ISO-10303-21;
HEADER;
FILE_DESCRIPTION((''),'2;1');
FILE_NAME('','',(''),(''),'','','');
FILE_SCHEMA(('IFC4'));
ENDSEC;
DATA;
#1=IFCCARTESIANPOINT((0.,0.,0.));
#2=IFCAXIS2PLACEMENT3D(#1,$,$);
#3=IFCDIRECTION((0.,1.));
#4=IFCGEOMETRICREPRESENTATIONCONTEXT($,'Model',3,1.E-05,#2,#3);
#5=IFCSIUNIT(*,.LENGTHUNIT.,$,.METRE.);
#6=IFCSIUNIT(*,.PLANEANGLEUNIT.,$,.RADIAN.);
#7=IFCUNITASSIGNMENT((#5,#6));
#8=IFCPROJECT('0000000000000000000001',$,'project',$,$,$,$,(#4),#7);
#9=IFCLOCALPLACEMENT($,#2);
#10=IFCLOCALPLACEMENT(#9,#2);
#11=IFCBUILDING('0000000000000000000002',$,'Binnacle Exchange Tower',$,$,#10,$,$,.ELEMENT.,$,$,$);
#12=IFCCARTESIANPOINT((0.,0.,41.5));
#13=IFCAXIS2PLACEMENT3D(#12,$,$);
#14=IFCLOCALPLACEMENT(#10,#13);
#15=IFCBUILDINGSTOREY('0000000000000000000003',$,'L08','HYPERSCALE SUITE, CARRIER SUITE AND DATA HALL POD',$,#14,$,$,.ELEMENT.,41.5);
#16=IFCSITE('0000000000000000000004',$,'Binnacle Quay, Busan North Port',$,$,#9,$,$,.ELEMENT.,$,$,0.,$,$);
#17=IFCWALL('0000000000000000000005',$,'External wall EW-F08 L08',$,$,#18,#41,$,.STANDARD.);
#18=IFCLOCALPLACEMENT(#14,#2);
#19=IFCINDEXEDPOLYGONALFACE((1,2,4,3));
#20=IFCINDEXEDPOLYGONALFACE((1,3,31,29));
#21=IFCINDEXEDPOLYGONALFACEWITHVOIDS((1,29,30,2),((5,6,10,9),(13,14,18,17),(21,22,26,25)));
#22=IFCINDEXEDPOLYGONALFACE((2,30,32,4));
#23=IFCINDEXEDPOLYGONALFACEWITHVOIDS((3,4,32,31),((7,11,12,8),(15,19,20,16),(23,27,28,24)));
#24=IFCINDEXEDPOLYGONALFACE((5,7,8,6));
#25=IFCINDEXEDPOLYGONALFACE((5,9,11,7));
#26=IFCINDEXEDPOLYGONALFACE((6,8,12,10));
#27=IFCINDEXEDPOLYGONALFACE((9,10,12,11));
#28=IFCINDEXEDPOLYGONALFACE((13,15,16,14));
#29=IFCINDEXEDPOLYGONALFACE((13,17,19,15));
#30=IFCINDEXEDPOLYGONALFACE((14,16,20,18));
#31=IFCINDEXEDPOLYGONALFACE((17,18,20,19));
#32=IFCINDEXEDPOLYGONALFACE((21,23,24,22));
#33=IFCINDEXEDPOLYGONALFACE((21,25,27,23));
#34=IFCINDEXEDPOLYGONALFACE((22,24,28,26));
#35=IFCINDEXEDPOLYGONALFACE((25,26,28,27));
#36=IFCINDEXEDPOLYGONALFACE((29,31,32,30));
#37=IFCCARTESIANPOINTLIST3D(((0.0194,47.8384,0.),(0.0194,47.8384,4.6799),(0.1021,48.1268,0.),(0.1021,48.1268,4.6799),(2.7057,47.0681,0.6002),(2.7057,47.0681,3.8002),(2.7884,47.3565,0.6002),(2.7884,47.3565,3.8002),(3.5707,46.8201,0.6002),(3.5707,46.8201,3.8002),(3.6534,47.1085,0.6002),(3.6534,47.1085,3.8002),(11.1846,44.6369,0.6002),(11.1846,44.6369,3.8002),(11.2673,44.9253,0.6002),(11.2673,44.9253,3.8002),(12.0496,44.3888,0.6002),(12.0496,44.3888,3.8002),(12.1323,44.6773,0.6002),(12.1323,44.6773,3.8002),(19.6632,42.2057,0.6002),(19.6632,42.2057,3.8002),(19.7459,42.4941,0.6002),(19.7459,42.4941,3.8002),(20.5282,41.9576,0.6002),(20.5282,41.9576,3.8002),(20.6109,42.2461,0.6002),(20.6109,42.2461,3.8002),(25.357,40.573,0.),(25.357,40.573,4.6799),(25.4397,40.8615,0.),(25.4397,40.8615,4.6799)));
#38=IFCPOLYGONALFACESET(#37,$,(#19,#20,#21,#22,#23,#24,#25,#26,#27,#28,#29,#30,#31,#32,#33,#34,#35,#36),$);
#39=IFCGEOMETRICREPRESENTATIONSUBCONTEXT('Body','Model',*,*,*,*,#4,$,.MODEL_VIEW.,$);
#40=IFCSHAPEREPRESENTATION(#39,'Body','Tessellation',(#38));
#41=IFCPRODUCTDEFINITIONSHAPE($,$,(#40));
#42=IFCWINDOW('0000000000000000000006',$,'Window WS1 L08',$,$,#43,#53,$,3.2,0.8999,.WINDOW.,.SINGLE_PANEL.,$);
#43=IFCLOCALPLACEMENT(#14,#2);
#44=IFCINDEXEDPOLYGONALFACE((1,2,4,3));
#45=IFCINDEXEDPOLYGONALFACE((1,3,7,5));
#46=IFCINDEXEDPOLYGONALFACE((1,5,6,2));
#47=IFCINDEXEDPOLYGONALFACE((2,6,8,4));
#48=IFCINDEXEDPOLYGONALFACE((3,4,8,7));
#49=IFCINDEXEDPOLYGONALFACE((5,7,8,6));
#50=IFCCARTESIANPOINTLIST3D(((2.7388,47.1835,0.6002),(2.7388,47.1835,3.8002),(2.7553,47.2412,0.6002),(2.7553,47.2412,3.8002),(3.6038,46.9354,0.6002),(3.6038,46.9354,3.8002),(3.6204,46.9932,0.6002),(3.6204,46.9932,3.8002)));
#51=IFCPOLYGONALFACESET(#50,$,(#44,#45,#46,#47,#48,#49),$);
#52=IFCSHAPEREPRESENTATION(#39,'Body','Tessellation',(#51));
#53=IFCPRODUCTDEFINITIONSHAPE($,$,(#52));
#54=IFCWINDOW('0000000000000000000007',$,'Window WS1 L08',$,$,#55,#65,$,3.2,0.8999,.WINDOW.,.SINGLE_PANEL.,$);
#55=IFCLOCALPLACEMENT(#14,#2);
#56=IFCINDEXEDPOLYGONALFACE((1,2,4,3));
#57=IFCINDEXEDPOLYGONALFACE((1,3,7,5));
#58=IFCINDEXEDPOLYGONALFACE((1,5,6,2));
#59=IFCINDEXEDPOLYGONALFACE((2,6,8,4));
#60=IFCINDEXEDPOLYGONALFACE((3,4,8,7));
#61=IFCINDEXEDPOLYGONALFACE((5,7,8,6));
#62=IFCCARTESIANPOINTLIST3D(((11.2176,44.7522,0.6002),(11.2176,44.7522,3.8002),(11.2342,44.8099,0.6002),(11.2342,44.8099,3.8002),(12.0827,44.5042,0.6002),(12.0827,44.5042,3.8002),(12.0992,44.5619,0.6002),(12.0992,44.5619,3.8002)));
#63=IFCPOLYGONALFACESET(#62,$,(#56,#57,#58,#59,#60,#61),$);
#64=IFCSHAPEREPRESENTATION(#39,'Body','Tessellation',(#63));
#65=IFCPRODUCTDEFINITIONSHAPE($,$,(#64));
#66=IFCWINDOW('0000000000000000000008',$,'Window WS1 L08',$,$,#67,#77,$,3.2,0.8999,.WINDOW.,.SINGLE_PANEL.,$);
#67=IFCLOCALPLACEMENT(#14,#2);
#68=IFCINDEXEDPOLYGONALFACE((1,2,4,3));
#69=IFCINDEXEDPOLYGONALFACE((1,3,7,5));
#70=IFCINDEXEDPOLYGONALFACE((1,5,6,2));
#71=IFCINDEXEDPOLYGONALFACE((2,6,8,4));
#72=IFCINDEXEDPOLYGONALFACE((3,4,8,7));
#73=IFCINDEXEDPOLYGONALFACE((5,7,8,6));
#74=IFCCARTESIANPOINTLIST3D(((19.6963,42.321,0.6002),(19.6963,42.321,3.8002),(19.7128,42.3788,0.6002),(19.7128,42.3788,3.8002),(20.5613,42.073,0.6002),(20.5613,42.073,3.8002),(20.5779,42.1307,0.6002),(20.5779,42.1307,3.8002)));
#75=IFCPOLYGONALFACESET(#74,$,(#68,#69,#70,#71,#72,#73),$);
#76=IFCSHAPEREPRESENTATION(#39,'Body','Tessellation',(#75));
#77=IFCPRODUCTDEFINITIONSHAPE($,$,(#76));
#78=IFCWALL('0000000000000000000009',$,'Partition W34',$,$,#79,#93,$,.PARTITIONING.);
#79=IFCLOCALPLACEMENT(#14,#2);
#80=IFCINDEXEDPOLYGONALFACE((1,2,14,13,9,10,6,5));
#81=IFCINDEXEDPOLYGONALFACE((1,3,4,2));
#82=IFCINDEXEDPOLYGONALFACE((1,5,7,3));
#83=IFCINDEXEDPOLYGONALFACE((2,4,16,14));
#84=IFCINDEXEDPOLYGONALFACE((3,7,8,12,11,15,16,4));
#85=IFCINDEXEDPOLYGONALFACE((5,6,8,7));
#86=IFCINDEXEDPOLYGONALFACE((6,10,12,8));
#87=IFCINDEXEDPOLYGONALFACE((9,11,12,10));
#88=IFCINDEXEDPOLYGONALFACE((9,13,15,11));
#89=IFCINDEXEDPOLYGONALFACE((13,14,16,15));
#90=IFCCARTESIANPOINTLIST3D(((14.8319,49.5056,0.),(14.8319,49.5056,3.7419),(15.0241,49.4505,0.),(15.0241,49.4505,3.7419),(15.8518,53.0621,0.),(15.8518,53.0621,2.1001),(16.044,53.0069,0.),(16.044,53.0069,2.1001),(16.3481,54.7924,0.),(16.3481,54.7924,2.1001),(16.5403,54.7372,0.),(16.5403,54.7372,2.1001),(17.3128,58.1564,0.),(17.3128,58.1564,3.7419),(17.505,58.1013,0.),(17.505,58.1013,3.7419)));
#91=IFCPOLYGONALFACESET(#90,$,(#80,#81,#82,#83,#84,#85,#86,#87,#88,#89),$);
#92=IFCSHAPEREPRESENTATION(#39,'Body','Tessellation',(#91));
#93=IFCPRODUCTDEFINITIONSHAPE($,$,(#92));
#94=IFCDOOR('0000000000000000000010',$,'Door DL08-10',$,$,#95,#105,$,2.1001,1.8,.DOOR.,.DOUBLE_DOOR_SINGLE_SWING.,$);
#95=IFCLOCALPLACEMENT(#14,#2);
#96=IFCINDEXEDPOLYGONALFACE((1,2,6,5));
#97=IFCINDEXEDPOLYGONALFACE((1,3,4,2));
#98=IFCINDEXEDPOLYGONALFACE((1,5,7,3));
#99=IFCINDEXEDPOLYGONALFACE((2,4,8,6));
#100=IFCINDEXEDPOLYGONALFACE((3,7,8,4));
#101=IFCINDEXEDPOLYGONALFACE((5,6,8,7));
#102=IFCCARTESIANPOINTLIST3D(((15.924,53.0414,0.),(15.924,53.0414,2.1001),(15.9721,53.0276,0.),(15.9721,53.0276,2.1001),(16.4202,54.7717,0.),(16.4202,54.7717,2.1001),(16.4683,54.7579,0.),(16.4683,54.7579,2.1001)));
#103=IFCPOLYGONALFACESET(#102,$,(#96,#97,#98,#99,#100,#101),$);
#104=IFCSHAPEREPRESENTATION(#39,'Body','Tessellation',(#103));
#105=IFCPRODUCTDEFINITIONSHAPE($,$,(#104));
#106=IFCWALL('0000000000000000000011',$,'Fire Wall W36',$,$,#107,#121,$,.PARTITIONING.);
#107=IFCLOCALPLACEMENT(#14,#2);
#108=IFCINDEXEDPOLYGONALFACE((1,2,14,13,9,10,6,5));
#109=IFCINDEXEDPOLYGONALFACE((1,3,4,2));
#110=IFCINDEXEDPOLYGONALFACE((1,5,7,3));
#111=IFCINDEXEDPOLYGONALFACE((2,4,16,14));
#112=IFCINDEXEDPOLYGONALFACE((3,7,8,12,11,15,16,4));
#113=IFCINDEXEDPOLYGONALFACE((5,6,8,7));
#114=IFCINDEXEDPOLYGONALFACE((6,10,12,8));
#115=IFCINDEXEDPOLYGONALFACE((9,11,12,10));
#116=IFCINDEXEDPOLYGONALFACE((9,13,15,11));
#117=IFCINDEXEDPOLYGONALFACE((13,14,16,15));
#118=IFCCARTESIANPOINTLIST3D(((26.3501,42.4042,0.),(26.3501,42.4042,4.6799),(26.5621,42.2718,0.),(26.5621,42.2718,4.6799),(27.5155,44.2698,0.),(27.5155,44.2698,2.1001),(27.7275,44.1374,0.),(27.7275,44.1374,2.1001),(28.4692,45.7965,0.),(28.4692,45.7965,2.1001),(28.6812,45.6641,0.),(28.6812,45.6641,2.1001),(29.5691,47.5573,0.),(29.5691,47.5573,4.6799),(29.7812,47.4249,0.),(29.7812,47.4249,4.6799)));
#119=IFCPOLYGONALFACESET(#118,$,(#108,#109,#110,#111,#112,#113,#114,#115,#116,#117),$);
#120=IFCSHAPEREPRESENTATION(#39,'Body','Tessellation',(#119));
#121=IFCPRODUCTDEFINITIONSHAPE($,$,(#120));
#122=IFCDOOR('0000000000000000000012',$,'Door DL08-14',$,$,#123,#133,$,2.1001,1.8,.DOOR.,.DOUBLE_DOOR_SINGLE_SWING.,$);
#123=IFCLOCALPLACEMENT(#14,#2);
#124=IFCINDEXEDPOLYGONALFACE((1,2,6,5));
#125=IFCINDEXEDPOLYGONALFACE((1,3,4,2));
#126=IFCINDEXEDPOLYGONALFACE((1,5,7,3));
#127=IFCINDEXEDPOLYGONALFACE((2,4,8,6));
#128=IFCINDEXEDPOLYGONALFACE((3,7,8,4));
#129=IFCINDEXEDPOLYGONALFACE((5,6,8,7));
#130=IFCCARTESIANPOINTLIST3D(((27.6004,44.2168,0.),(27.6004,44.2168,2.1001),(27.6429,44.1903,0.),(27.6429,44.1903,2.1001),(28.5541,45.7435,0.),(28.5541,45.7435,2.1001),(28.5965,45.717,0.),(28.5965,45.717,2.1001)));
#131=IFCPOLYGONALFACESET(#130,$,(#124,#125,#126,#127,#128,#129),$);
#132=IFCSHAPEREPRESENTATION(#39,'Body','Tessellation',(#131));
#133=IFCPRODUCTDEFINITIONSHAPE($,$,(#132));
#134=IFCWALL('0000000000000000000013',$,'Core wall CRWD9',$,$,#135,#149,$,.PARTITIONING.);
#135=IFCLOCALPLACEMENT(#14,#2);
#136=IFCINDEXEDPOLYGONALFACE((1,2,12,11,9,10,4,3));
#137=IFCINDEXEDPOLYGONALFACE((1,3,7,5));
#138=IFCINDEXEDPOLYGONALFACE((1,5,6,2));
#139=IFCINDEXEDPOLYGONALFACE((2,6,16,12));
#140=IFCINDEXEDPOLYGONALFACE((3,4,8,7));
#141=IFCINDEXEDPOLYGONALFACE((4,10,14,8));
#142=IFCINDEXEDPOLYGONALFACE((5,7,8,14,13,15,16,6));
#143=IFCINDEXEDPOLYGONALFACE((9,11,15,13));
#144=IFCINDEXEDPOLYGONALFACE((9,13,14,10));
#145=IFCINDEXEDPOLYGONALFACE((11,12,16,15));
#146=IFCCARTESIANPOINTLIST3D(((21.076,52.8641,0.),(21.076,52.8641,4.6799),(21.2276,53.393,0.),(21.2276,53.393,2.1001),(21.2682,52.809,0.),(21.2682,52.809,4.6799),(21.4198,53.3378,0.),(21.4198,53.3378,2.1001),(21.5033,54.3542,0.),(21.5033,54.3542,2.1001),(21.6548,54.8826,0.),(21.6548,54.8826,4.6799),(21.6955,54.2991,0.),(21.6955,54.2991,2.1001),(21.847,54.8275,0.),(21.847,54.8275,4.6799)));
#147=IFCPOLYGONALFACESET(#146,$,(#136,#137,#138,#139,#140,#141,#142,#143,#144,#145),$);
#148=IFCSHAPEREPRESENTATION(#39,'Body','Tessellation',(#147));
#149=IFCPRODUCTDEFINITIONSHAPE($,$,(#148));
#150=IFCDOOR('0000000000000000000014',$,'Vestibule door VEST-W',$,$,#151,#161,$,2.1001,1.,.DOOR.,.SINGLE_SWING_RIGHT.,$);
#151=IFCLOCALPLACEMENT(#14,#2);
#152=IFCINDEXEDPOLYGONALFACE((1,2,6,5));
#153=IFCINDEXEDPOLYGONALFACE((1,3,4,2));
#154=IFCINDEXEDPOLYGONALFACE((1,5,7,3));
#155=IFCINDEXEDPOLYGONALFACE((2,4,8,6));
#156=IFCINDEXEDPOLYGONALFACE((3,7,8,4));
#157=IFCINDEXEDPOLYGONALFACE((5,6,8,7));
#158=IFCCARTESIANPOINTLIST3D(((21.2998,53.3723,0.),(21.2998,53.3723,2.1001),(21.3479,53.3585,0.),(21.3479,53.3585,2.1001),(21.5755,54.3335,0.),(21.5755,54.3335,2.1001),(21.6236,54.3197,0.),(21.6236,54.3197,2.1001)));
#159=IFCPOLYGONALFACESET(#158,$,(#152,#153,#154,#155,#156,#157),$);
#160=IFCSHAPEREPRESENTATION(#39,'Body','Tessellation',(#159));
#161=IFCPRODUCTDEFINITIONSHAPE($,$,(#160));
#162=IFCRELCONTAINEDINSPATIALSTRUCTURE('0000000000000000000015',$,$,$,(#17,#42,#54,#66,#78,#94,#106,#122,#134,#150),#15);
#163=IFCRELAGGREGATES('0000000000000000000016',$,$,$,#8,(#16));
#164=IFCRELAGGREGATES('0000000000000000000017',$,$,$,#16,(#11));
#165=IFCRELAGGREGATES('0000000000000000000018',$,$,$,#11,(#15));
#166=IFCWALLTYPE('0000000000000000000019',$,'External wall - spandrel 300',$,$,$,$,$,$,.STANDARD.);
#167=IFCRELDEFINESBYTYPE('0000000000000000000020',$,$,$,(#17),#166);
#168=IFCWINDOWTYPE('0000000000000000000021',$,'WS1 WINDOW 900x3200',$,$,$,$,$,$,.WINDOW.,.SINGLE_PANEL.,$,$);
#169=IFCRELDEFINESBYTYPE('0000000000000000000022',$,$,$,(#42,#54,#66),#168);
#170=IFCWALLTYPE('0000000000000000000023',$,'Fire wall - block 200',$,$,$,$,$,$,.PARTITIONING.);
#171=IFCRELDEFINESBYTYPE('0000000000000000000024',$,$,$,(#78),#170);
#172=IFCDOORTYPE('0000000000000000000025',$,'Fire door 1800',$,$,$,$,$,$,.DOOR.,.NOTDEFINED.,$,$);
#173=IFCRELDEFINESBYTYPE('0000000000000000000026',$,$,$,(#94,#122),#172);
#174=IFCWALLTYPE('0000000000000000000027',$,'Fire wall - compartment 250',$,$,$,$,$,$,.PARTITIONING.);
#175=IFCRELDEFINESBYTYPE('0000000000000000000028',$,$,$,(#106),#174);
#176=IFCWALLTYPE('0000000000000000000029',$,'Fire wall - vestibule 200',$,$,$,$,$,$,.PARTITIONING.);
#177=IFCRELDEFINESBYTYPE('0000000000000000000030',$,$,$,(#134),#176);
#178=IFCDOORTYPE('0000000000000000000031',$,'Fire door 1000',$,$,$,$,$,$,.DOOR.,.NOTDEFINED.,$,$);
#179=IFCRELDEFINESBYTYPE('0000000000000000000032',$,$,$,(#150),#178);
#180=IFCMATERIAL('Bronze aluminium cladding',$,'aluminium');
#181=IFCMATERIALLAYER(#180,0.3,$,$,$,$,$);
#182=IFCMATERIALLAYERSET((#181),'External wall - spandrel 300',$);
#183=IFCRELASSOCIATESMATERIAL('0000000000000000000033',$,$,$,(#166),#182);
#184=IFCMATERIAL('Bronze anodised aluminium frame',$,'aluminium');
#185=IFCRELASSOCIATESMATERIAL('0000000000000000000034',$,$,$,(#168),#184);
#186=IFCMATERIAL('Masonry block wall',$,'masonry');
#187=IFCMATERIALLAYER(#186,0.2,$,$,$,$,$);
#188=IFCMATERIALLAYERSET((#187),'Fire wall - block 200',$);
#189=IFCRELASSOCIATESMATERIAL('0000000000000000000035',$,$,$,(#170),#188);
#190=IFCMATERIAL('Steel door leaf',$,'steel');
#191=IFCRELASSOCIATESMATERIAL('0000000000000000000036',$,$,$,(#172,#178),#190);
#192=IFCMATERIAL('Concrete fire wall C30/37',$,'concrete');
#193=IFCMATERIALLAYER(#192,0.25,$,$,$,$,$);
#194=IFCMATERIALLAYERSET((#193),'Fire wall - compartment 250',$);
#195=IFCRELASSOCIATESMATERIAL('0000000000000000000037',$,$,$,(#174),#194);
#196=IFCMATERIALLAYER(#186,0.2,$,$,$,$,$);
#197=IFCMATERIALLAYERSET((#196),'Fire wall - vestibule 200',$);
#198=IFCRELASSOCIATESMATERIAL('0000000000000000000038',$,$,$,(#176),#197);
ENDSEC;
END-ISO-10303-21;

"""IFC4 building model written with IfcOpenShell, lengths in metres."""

from ifc_helpers import new_model, si_unit, direction, frame, frame_2d, origin, place, context, subcontext, project, spatial, rectangle, extrude, material, layer, layer_set, type_object, element, fill, save


model = new_model("IFC4")

# Units and contexts
model_context = context("Model", 3, precision=1e-05, world=origin(), true_north=direction((0.0, 1.0)))
body_context = subcontext(model_context, "Body", "Model", "MODEL_VIEW")
ifc_project = project(units=[si_unit("LENGTHUNIT", "METRE"), si_unit("PLANEANGLEUNIT", "RADIAN")], contexts=[model_context])

# Site, building, storey
site_placement = place(None, origin())
site = spatial("IfcSite", under=ifc_project, at=site_placement, Name="Binnacle Quay, Busan North Port", CompositionType="ELEMENT", RefElevation=0.0)
building_placement = place(site_placement, origin())
building = spatial("IfcBuilding", under=site, at=building_placement, Name="Binnacle Exchange Tower", CompositionType="ELEMENT")
storey_placement = place(building_placement, frame((0.0, 0.0, 41.5)))
storey = spatial("IfcBuildingStorey", under=building, at=storey_placement, Name="L08", Description="HYPERSCALE SUITE, CARRIER SUITE AND DATA HALL POD", CompositionType="ELEMENT", Elevation=41.5)

# Shared definitions
ifc_material_1 = material(Name="Steel door leaf", Category="steel")

# Wall, openings, windows
ifc_material_2 = material(Name="Bronze aluminium cladding", Category="aluminium")
ifc_layer_1 = layer(ifc_material_2, 0.3)
ifc_layer_set_1 = layer_set([ifc_layer_1], Name="External wall - spandrel 300")
wall_type_1 = type_object("IfcWallType", Name="External wall - spandrel 300", PredefinedType="STANDARD", material=ifc_layer_set_1)
wall_1_placement = place(storey_placement, frame((25.3982, 40.7173, 0.0), z_axis=(0.0, 0.0, 1.0), x_axis=(-0.961262, 0.275635, 0.0)))
wall_1 = element("IfcWall", 1, at=wall_1_placement, inside=storey, type_object=wall_type_1, Name="External wall EW-F08 L08", PredefinedType="STANDARD", context=body_context, shape_type="SweptSolid", body=[
    extrude(rectangle(XDim=26.3586, YDim=0.3, at=frame_2d((13.1792, 0.0))), origin(), (0.0, 0.0, 1.0), 4.6799),
])
opening_1_placement = place(wall_1_placement, frame((22.6641, 0.0, 0.6001)))
opening_1 = element("IfcOpeningElement", 2, at=opening_1_placement, cuts=wall_1, PredefinedType="OPENING", context=body_context, shape_type="SweptSolid", body=[
    extrude(rectangle(XDim=0.8999, YDim=3.2, at=frame_2d((0.45, 1.6001))), frame((0.0, 0.1599, 0.0), z_axis=(0.0, -1.0, 0.0), x_axis=(1.0, 0.0, 0.0)), (0.0, 0.0, 1.0), 0.3201),
])
opening_2_placement = place(wall_1_placement, frame((13.8435, 0.0, 0.6001)))
opening_2 = element("IfcOpeningElement", 3, at=opening_2_placement, cuts=wall_1, PredefinedType="OPENING", context=body_context, shape_type="SweptSolid", body=[
    extrude(rectangle(XDim=0.8999, YDim=3.2, at=frame_2d((0.45, 1.6001))), frame((0.0, 0.1599, 0.0), z_axis=(0.0, -1.0, 0.0), x_axis=(1.0, 0.0, 0.0)), (0.0, 0.0, 1.0), 0.3201),
])
opening_3_placement = place(wall_1_placement, frame((5.0232, 0.0, 0.6001)))
opening_3 = element("IfcOpeningElement", 4, at=opening_3_placement, cuts=wall_1, PredefinedType="OPENING", context=body_context, shape_type="SweptSolid", body=[
    extrude(rectangle(XDim=0.8999, YDim=3.2, at=frame_2d((0.45, 1.6001))), frame((0.0, 0.1599, 0.0), z_axis=(0.0, -1.0, 0.0), x_axis=(1.0, 0.0, 0.0)), (0.0, 0.0, 1.0), 0.3201),
])
ifc_material_3 = material(Name="Bronze anodised aluminium frame", Category="aluminium")
window_type = type_object("IfcWindowType", Name="WS1 WINDOW 900x3200", PartitioningType="SINGLE_PANEL", PredefinedType="WINDOW", material=ifc_material_3)
window_1_placement = place(opening_1_placement, origin())
window_1 = element("IfcWindow", 5, at=window_1_placement, inside=storey, type_object=window_type, Name="Window WS1 L08", OverallHeight=3.2, OverallWidth=0.8999, PartitioningType="SINGLE_PANEL", PredefinedType="WINDOW", context=body_context, shape_type="SweptSolid", body=[
    extrude(rectangle(XDim=0.8999, YDim=3.2, at=frame_2d((0.45, 1.6001))), frame((0.0, 0.03, 0.0), z_axis=(0.0, -1.0, 0.0), x_axis=(1.0, 0.0, 0.0)), (0.0, 0.0, 1.0), 0.0601),
])
fill(opening_1, window_1)
window_2_placement = place(opening_2_placement, origin())
window_2 = element("IfcWindow", 6, at=window_2_placement, inside=storey, type_object=window_type, Name="Window WS1 L08", OverallHeight=3.2, OverallWidth=0.8999, PartitioningType="SINGLE_PANEL", PredefinedType="WINDOW", context=body_context, shape_type="SweptSolid", body=[
    extrude(rectangle(XDim=0.8999, YDim=3.2, at=frame_2d((0.45, 1.6001))), frame((0.0, 0.03, 0.0), z_axis=(0.0, -1.0, 0.0), x_axis=(1.0, 0.0, 0.0)), (0.0, 0.0, 1.0), 0.0601),
])
fill(opening_2, window_2)
window_3_placement = place(opening_3_placement, origin())
window_3 = element("IfcWindow", 7, at=window_3_placement, inside=storey, type_object=window_type, Name="Window WS1 L08", OverallHeight=3.2, OverallWidth=0.8999, PartitioningType="SINGLE_PANEL", PredefinedType="WINDOW", context=body_context, shape_type="SweptSolid", body=[
    extrude(rectangle(XDim=0.8999, YDim=3.2, at=frame_2d((0.45, 1.6001))), frame((0.0, 0.03, 0.0), z_axis=(0.0, -1.0, 0.0), x_axis=(1.0, 0.0, 0.0)), (0.0, 0.0, 1.0), 0.0601),
])
fill(opening_3, window_3)

# Walls, openings, doors
ifc_material_4 = material(Name="Masonry block wall", Category="masonry")
ifc_layer_2 = layer(ifc_material_4, 0.2)
ifc_layer_set_2 = layer_set([ifc_layer_2], Name="Fire wall - block 200")
wall_type_2 = type_object("IfcWallType", Name="Fire wall - block 200", PredefinedType="PARTITIONING", material=ifc_layer_set_2)
wall_2_placement = place(storey_placement, frame((14.928, 49.478, 0.0), z_axis=(0.0, 0.0, 1.0), x_axis=(0.275674, 0.961251, 0.0)))
wall_2 = element("IfcWall", 8, at=wall_2_placement, inside=storey, type_object=wall_type_2, Name="Partition W34", PredefinedType="PARTITIONING", context=body_context, shape_type="SweptSolid", body=[
    extrude(rectangle(XDim=8.9995, YDim=0.2, at=frame_2d((4.4998, 0.0))), origin(), (0.0, 0.0, 1.0), 3.7419),
])
opening_4_placement = place(wall_2_placement, frame((3.7, 0.0, 0.0)))
opening_4 = element("IfcOpeningElement", 9, at=opening_4_placement, cuts=wall_2, PredefinedType="OPENING", context=body_context, shape_type="SweptSolid", body=[
    extrude(rectangle(XDim=1.8, YDim=2.1001, at=frame_2d((0.8999, 1.05))), frame((0.0, 0.1099, 0.0), z_axis=(0.0, -1.0, 0.0), x_axis=(1.0, 0.0, 0.0)), (0.0, 0.0, 1.0), 0.22),
])
door_type_1 = type_object("IfcDoorType", Name="Fire door 1800", OperationType="NOTDEFINED", PredefinedType="DOOR", material=ifc_material_1)
door_1_placement = place(opening_4_placement, origin())
door_1 = element("IfcDoor", 10, at=door_1_placement, inside=storey, type_object=door_type_1, Name="Door DL08-10", OperationType="DOUBLE_DOOR_SINGLE_SWING", OverallHeight=2.1001, OverallWidth=1.8, PredefinedType="DOOR", context=body_context, shape_type="SweptSolid", body=[
    extrude(rectangle(XDim=1.8, YDim=2.1001, at=frame_2d((0.8999, 1.05))), frame((0.0, 0.0249, 0.0), z_axis=(0.0, -1.0, 0.0), x_axis=(1.0, 0.0, 0.0)), (0.0, 0.0, 1.0), 0.05),
])
fill(opening_4, door_1)
ifc_material_5 = material(Name="Concrete fire wall C30/37", Category="concrete")
ifc_layer_3 = layer(ifc_material_5, 0.25)
ifc_layer_set_3 = layer_set([ifc_layer_3], Name="Fire wall - compartment 250")
wall_type_3 = type_object("IfcWallType", Name="Fire wall - compartment 250", PredefinedType="PARTITIONING", material=ifc_layer_set_3)
wall_3_placement = place(storey_placement, frame((26.4561, 42.3379, 0.0), z_axis=(0.0, 0.0, 1.0), x_axis=(0.5298, 0.848122, 0.0)))
wall_3 = element("IfcWall", 11, at=wall_3_placement, inside=storey, type_object=wall_type_3, Name="Fire Wall W36", PredefinedType="PARTITIONING", context=body_context, shape_type="SweptSolid", body=[
    extrude(rectangle(XDim=6.0759, YDim=0.25, at=frame_2d((3.0381, 0.0))), origin(), (0.0, 0.0, 1.0), 4.6799),
])
opening_5_placement = place(wall_3_placement, frame((2.2, 0.0, 0.0)))
opening_5 = element("IfcOpeningElement", 12, at=opening_5_placement, cuts=wall_3, PredefinedType="OPENING", context=body_context, shape_type="SweptSolid", body=[
    extrude(rectangle(XDim=1.8, YDim=2.1001, at=frame_2d((0.8999, 1.05))), frame((0.0, 0.135, 0.0), z_axis=(0.0, -1.0, 0.0), x_axis=(1.0, 0.0, 0.0)), (0.0, 0.0, 1.0), 0.27),
])
door_2_placement = place(opening_5_placement, origin())
door_2 = element("IfcDoor", 13, at=door_2_placement, inside=storey, type_object=door_type_1, Name="Door DL08-14", OperationType="DOUBLE_DOOR_SINGLE_SWING", OverallHeight=2.1001, OverallWidth=1.8, PredefinedType="DOOR", context=body_context, shape_type="SweptSolid", body=[
    extrude(rectangle(XDim=1.8, YDim=2.1001, at=frame_2d((0.8999, 1.05))), frame((0.0, 0.0249, 0.0), z_axis=(0.0, -1.0, 0.0), x_axis=(1.0, 0.0, 0.0)), (0.0, 0.0, 1.0), 0.05),
])
fill(opening_5, door_2)
ifc_layer_4 = layer(ifc_material_4, 0.2)
ifc_layer_set_4 = layer_set([ifc_layer_4], Name="Fire wall - vestibule 200")
wall_type_4 = type_object("IfcWallType", Name="Fire wall - vestibule 200", PredefinedType="PARTITIONING", material=ifc_layer_set_4)
wall_4_placement = place(storey_placement, frame((21.1721, 52.8367, 0.0), z_axis=(0.0, 0.0, 1.0), x_axis=(0.275658, 0.961256, 0.0)))
wall_4 = element("IfcWall", 14, at=wall_4_placement, inside=storey, type_object=wall_type_4, Name="Core wall CRWD9", PredefinedType="PARTITIONING", context=body_context, shape_type="SweptSolid", body=[
    extrude(rectangle(XDim=2.0999, YDim=0.2, at=frame_2d((1.0498, 0.0))), origin(), (0.0, 0.0, 1.0), 4.6799),
])
opening_6_placement = place(wall_4_placement, frame((0.55, 0.0, 0.0)))
opening_6 = element("IfcOpeningElement", 15, at=opening_6_placement, cuts=wall_4, PredefinedType="OPENING", context=body_context, shape_type="SweptSolid", body=[
    extrude(rectangle(XDim=1.0, YDim=2.1001, at=frame_2d((0.5, 1.05))), frame((0.0, 0.1099, 0.0), z_axis=(0.0, -1.0, 0.0), x_axis=(1.0, 0.0, 0.0)), (0.0, 0.0, 1.0), 0.22),
])
door_type_2 = type_object("IfcDoorType", Name="Fire door 1000", OperationType="NOTDEFINED", PredefinedType="DOOR", material=ifc_material_1)
door_3_placement = place(opening_6_placement, origin())
door_3 = element("IfcDoor", 16, at=door_3_placement, inside=storey, type_object=door_type_2, Name="Vestibule door VEST-W", OperationType="SINGLE_SWING_RIGHT", OverallHeight=2.1001, OverallWidth=1.0, PredefinedType="DOOR", context=body_context, shape_type="SweptSolid", body=[
    extrude(rectangle(XDim=1.0, YDim=2.1001, at=frame_2d((0.5, 1.05))), frame((0.0, 0.0249, 0.0), z_axis=(0.0, -1.0, 0.0), x_axis=(1.0, 0.0, 0.0)), (0.0, 0.0, 1.0), 0.05),
])
fill(opening_6, door_3)

save(model, "model.ifc")
